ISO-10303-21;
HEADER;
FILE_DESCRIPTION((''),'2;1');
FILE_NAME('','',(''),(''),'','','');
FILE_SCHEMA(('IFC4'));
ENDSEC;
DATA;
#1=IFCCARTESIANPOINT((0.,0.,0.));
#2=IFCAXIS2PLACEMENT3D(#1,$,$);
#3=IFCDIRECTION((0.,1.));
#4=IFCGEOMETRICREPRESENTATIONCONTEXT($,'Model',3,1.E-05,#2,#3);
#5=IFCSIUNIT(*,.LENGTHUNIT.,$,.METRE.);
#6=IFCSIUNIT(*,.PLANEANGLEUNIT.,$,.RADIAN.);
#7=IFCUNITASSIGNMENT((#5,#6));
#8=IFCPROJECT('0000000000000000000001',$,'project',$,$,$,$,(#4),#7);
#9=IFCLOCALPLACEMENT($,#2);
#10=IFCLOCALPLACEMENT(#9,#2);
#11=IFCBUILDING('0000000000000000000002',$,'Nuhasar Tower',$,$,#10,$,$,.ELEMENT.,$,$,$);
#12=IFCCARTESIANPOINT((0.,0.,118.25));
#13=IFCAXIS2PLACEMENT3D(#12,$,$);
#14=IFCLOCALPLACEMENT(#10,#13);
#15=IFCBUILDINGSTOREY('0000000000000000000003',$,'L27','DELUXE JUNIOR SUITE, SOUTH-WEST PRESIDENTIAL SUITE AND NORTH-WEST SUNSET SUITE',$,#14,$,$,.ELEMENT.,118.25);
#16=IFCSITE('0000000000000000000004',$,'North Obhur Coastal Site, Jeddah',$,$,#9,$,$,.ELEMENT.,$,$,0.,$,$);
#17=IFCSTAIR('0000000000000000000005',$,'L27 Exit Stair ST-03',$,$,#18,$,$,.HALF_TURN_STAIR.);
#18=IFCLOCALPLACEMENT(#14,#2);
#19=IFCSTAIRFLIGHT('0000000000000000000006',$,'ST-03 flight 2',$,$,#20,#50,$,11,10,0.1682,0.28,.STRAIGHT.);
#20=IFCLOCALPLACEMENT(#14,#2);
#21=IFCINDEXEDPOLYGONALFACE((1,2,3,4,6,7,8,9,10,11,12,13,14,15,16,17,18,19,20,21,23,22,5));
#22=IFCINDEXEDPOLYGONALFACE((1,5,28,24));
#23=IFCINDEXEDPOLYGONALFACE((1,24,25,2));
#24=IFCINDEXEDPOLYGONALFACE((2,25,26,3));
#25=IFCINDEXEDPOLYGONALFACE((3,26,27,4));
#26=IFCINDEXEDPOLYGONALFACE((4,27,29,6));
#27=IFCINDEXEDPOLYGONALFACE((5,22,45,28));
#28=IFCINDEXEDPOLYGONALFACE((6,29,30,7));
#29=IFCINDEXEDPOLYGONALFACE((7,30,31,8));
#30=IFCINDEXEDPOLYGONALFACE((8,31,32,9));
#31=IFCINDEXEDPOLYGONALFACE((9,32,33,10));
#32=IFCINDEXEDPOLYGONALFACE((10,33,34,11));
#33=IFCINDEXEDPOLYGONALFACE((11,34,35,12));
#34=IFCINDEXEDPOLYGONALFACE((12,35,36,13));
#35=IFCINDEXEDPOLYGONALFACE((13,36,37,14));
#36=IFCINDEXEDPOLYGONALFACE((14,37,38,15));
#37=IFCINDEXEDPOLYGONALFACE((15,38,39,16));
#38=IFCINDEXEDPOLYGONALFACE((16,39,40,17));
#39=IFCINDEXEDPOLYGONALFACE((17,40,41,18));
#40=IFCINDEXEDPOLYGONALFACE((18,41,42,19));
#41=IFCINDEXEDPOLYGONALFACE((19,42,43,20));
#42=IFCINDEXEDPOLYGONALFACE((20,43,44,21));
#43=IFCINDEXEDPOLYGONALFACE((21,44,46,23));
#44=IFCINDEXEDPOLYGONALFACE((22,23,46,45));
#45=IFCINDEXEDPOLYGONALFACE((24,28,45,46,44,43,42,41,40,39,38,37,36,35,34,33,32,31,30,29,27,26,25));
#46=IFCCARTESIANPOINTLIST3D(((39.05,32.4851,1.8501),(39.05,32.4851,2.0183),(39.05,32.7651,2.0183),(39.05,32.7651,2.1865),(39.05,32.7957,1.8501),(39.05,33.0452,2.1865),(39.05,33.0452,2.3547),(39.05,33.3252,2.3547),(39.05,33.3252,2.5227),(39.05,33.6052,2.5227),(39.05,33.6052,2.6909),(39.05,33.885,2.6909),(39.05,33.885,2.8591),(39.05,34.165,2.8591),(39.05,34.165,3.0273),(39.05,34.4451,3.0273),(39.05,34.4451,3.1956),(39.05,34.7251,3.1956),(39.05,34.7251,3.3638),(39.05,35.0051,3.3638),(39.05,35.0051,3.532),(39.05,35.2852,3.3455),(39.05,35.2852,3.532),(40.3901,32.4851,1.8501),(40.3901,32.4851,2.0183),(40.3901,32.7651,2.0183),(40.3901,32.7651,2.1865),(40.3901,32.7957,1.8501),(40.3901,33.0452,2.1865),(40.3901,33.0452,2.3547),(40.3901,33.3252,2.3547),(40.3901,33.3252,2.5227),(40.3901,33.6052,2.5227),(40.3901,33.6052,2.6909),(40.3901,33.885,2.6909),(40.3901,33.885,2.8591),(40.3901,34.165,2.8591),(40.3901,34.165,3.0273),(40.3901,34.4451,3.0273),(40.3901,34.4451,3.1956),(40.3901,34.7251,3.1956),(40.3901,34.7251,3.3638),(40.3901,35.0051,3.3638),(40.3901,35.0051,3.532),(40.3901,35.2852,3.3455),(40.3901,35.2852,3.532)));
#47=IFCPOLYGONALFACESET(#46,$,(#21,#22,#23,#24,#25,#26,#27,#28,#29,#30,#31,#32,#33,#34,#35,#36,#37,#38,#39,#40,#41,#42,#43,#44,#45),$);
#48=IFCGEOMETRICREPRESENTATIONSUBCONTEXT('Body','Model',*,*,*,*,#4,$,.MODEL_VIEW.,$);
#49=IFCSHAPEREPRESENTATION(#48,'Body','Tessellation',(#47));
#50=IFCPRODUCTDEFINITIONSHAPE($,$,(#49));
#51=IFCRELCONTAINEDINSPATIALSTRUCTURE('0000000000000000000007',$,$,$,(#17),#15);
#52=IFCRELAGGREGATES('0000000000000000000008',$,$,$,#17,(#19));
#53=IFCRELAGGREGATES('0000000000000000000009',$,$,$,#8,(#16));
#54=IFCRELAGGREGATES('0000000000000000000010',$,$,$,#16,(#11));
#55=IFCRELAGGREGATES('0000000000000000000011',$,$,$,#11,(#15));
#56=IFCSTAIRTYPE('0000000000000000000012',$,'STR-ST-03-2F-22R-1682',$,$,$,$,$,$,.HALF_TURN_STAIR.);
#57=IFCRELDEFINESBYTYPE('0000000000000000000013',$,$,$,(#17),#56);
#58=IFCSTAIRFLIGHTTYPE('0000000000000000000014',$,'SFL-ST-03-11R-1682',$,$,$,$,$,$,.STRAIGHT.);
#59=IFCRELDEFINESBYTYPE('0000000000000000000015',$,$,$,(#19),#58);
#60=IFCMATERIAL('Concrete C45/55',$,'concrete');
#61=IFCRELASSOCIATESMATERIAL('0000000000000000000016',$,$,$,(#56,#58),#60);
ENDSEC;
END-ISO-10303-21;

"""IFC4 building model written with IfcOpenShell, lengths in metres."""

from ifc_helpers import new_model, si_unit, direction, frame, origin, place, context, subcontext, project, spatial, polyline, outline, extrude, material, type_object, element, aggregate, save


model = new_model("IFC4")

# Units and contexts
model_context = context("Model", 3, precision=1e-05, world=origin(), true_north=direction((0.0, 1.0)))
body_context = subcontext(model_context, "Body", "Model", "MODEL_VIEW")
ifc_project = project(units=[si_unit("LENGTHUNIT", "METRE"), si_unit("PLANEANGLEUNIT", "RADIAN")], contexts=[model_context])

# Site, building, storey
site_placement = place(None, origin())
site = spatial("IfcSite", under=ifc_project, at=site_placement, Name="North Obhur Coastal Site, Jeddah", CompositionType="ELEMENT", RefElevation=0.0)
building_placement = place(site_placement, origin())
building = spatial("IfcBuilding", under=site, at=building_placement, Name="Nuhasar Tower", CompositionType="ELEMENT")
storey_placement = place(building_placement, frame((0.0, 0.0, 118.25)))
storey = spatial("IfcBuildingStorey", under=building, at=storey_placement, Name="L27", Description="DELUXE JUNIOR SUITE, SOUTH-WEST PRESIDENTIAL SUITE AND NORTH-WEST SUNSET SUITE", CompositionType="ELEMENT", Elevation=118.25)

# Shared definitions
ifc_material_1 = material(Name="Concrete C45/55", Category="concrete")

# Stair, stair flight
stair_type_1 = type_object("IfcStairType", Name="STR-ST-03-2F-22R-1682", PredefinedType="HALF_TURN_STAIR", material=ifc_material_1)
stair_1_placement = place(storey_placement, origin())
stair_1 = element("IfcStair", 1, at=stair_1_placement, inside=storey, type_object=stair_type_1, Name="L27 Exit Stair ST-03", PredefinedType="HALF_TURN_STAIR")
stair_flight_type_1 = type_object("IfcStairFlightType", Name="SFL-ST-03-11R-1682", PredefinedType="STRAIGHT", material=ifc_material_1)
stair_flight_1_placement = place(storey_placement, frame((39.72, 32.4851, 1.8501), z_axis=(0.0, 0.0, 1.0), x_axis=(0.0, 1.0, 0.0)))
stair_flight_1 = element("IfcStairFlight", 2, at=stair_flight_1_placement, type_object=stair_flight_type_1, Name="ST-03 flight 2", NumberOfRisers=11, NumberOfTreads=10, PredefinedType="STRAIGHT", RiserHeight=0.1682, TreadLength=0.28, context=body_context, shape_type="SweptSolid", body=[
    extrude(outline(polyline([(0.0, 0.0), (0.0, 0.1682), (0.28, 0.1682), (0.28, 0.3364), (0.5601, 0.3364), (0.5601, 0.5046), (0.8401, 0.5046), (0.8401, 0.6726), (1.1201, 0.6726), (1.1201, 0.8408), (1.3999, 0.8408), (1.3999, 1.009), (1.6799, 1.009), (1.6799, 1.1772), (1.96, 1.1772), (1.96, 1.3455), (2.24, 1.3455), (2.24, 1.5137), (2.52, 1.5137), (2.52, 1.6819), (2.8, 1.6819), (2.8, 1.8501), (2.8, 1.4954), (0.3105, 0.0), (0.0, 0.0)])), frame((0.0, 0.6699, 0.0), z_axis=(0.0, -1.0, 0.0), x_axis=(1.0, 0.0, 0.0)), (0.0, 0.0, 1.0), 1.3401),
])
aggregate(stair_1, [stair_flight_1])

save(model, "model.ifc")
